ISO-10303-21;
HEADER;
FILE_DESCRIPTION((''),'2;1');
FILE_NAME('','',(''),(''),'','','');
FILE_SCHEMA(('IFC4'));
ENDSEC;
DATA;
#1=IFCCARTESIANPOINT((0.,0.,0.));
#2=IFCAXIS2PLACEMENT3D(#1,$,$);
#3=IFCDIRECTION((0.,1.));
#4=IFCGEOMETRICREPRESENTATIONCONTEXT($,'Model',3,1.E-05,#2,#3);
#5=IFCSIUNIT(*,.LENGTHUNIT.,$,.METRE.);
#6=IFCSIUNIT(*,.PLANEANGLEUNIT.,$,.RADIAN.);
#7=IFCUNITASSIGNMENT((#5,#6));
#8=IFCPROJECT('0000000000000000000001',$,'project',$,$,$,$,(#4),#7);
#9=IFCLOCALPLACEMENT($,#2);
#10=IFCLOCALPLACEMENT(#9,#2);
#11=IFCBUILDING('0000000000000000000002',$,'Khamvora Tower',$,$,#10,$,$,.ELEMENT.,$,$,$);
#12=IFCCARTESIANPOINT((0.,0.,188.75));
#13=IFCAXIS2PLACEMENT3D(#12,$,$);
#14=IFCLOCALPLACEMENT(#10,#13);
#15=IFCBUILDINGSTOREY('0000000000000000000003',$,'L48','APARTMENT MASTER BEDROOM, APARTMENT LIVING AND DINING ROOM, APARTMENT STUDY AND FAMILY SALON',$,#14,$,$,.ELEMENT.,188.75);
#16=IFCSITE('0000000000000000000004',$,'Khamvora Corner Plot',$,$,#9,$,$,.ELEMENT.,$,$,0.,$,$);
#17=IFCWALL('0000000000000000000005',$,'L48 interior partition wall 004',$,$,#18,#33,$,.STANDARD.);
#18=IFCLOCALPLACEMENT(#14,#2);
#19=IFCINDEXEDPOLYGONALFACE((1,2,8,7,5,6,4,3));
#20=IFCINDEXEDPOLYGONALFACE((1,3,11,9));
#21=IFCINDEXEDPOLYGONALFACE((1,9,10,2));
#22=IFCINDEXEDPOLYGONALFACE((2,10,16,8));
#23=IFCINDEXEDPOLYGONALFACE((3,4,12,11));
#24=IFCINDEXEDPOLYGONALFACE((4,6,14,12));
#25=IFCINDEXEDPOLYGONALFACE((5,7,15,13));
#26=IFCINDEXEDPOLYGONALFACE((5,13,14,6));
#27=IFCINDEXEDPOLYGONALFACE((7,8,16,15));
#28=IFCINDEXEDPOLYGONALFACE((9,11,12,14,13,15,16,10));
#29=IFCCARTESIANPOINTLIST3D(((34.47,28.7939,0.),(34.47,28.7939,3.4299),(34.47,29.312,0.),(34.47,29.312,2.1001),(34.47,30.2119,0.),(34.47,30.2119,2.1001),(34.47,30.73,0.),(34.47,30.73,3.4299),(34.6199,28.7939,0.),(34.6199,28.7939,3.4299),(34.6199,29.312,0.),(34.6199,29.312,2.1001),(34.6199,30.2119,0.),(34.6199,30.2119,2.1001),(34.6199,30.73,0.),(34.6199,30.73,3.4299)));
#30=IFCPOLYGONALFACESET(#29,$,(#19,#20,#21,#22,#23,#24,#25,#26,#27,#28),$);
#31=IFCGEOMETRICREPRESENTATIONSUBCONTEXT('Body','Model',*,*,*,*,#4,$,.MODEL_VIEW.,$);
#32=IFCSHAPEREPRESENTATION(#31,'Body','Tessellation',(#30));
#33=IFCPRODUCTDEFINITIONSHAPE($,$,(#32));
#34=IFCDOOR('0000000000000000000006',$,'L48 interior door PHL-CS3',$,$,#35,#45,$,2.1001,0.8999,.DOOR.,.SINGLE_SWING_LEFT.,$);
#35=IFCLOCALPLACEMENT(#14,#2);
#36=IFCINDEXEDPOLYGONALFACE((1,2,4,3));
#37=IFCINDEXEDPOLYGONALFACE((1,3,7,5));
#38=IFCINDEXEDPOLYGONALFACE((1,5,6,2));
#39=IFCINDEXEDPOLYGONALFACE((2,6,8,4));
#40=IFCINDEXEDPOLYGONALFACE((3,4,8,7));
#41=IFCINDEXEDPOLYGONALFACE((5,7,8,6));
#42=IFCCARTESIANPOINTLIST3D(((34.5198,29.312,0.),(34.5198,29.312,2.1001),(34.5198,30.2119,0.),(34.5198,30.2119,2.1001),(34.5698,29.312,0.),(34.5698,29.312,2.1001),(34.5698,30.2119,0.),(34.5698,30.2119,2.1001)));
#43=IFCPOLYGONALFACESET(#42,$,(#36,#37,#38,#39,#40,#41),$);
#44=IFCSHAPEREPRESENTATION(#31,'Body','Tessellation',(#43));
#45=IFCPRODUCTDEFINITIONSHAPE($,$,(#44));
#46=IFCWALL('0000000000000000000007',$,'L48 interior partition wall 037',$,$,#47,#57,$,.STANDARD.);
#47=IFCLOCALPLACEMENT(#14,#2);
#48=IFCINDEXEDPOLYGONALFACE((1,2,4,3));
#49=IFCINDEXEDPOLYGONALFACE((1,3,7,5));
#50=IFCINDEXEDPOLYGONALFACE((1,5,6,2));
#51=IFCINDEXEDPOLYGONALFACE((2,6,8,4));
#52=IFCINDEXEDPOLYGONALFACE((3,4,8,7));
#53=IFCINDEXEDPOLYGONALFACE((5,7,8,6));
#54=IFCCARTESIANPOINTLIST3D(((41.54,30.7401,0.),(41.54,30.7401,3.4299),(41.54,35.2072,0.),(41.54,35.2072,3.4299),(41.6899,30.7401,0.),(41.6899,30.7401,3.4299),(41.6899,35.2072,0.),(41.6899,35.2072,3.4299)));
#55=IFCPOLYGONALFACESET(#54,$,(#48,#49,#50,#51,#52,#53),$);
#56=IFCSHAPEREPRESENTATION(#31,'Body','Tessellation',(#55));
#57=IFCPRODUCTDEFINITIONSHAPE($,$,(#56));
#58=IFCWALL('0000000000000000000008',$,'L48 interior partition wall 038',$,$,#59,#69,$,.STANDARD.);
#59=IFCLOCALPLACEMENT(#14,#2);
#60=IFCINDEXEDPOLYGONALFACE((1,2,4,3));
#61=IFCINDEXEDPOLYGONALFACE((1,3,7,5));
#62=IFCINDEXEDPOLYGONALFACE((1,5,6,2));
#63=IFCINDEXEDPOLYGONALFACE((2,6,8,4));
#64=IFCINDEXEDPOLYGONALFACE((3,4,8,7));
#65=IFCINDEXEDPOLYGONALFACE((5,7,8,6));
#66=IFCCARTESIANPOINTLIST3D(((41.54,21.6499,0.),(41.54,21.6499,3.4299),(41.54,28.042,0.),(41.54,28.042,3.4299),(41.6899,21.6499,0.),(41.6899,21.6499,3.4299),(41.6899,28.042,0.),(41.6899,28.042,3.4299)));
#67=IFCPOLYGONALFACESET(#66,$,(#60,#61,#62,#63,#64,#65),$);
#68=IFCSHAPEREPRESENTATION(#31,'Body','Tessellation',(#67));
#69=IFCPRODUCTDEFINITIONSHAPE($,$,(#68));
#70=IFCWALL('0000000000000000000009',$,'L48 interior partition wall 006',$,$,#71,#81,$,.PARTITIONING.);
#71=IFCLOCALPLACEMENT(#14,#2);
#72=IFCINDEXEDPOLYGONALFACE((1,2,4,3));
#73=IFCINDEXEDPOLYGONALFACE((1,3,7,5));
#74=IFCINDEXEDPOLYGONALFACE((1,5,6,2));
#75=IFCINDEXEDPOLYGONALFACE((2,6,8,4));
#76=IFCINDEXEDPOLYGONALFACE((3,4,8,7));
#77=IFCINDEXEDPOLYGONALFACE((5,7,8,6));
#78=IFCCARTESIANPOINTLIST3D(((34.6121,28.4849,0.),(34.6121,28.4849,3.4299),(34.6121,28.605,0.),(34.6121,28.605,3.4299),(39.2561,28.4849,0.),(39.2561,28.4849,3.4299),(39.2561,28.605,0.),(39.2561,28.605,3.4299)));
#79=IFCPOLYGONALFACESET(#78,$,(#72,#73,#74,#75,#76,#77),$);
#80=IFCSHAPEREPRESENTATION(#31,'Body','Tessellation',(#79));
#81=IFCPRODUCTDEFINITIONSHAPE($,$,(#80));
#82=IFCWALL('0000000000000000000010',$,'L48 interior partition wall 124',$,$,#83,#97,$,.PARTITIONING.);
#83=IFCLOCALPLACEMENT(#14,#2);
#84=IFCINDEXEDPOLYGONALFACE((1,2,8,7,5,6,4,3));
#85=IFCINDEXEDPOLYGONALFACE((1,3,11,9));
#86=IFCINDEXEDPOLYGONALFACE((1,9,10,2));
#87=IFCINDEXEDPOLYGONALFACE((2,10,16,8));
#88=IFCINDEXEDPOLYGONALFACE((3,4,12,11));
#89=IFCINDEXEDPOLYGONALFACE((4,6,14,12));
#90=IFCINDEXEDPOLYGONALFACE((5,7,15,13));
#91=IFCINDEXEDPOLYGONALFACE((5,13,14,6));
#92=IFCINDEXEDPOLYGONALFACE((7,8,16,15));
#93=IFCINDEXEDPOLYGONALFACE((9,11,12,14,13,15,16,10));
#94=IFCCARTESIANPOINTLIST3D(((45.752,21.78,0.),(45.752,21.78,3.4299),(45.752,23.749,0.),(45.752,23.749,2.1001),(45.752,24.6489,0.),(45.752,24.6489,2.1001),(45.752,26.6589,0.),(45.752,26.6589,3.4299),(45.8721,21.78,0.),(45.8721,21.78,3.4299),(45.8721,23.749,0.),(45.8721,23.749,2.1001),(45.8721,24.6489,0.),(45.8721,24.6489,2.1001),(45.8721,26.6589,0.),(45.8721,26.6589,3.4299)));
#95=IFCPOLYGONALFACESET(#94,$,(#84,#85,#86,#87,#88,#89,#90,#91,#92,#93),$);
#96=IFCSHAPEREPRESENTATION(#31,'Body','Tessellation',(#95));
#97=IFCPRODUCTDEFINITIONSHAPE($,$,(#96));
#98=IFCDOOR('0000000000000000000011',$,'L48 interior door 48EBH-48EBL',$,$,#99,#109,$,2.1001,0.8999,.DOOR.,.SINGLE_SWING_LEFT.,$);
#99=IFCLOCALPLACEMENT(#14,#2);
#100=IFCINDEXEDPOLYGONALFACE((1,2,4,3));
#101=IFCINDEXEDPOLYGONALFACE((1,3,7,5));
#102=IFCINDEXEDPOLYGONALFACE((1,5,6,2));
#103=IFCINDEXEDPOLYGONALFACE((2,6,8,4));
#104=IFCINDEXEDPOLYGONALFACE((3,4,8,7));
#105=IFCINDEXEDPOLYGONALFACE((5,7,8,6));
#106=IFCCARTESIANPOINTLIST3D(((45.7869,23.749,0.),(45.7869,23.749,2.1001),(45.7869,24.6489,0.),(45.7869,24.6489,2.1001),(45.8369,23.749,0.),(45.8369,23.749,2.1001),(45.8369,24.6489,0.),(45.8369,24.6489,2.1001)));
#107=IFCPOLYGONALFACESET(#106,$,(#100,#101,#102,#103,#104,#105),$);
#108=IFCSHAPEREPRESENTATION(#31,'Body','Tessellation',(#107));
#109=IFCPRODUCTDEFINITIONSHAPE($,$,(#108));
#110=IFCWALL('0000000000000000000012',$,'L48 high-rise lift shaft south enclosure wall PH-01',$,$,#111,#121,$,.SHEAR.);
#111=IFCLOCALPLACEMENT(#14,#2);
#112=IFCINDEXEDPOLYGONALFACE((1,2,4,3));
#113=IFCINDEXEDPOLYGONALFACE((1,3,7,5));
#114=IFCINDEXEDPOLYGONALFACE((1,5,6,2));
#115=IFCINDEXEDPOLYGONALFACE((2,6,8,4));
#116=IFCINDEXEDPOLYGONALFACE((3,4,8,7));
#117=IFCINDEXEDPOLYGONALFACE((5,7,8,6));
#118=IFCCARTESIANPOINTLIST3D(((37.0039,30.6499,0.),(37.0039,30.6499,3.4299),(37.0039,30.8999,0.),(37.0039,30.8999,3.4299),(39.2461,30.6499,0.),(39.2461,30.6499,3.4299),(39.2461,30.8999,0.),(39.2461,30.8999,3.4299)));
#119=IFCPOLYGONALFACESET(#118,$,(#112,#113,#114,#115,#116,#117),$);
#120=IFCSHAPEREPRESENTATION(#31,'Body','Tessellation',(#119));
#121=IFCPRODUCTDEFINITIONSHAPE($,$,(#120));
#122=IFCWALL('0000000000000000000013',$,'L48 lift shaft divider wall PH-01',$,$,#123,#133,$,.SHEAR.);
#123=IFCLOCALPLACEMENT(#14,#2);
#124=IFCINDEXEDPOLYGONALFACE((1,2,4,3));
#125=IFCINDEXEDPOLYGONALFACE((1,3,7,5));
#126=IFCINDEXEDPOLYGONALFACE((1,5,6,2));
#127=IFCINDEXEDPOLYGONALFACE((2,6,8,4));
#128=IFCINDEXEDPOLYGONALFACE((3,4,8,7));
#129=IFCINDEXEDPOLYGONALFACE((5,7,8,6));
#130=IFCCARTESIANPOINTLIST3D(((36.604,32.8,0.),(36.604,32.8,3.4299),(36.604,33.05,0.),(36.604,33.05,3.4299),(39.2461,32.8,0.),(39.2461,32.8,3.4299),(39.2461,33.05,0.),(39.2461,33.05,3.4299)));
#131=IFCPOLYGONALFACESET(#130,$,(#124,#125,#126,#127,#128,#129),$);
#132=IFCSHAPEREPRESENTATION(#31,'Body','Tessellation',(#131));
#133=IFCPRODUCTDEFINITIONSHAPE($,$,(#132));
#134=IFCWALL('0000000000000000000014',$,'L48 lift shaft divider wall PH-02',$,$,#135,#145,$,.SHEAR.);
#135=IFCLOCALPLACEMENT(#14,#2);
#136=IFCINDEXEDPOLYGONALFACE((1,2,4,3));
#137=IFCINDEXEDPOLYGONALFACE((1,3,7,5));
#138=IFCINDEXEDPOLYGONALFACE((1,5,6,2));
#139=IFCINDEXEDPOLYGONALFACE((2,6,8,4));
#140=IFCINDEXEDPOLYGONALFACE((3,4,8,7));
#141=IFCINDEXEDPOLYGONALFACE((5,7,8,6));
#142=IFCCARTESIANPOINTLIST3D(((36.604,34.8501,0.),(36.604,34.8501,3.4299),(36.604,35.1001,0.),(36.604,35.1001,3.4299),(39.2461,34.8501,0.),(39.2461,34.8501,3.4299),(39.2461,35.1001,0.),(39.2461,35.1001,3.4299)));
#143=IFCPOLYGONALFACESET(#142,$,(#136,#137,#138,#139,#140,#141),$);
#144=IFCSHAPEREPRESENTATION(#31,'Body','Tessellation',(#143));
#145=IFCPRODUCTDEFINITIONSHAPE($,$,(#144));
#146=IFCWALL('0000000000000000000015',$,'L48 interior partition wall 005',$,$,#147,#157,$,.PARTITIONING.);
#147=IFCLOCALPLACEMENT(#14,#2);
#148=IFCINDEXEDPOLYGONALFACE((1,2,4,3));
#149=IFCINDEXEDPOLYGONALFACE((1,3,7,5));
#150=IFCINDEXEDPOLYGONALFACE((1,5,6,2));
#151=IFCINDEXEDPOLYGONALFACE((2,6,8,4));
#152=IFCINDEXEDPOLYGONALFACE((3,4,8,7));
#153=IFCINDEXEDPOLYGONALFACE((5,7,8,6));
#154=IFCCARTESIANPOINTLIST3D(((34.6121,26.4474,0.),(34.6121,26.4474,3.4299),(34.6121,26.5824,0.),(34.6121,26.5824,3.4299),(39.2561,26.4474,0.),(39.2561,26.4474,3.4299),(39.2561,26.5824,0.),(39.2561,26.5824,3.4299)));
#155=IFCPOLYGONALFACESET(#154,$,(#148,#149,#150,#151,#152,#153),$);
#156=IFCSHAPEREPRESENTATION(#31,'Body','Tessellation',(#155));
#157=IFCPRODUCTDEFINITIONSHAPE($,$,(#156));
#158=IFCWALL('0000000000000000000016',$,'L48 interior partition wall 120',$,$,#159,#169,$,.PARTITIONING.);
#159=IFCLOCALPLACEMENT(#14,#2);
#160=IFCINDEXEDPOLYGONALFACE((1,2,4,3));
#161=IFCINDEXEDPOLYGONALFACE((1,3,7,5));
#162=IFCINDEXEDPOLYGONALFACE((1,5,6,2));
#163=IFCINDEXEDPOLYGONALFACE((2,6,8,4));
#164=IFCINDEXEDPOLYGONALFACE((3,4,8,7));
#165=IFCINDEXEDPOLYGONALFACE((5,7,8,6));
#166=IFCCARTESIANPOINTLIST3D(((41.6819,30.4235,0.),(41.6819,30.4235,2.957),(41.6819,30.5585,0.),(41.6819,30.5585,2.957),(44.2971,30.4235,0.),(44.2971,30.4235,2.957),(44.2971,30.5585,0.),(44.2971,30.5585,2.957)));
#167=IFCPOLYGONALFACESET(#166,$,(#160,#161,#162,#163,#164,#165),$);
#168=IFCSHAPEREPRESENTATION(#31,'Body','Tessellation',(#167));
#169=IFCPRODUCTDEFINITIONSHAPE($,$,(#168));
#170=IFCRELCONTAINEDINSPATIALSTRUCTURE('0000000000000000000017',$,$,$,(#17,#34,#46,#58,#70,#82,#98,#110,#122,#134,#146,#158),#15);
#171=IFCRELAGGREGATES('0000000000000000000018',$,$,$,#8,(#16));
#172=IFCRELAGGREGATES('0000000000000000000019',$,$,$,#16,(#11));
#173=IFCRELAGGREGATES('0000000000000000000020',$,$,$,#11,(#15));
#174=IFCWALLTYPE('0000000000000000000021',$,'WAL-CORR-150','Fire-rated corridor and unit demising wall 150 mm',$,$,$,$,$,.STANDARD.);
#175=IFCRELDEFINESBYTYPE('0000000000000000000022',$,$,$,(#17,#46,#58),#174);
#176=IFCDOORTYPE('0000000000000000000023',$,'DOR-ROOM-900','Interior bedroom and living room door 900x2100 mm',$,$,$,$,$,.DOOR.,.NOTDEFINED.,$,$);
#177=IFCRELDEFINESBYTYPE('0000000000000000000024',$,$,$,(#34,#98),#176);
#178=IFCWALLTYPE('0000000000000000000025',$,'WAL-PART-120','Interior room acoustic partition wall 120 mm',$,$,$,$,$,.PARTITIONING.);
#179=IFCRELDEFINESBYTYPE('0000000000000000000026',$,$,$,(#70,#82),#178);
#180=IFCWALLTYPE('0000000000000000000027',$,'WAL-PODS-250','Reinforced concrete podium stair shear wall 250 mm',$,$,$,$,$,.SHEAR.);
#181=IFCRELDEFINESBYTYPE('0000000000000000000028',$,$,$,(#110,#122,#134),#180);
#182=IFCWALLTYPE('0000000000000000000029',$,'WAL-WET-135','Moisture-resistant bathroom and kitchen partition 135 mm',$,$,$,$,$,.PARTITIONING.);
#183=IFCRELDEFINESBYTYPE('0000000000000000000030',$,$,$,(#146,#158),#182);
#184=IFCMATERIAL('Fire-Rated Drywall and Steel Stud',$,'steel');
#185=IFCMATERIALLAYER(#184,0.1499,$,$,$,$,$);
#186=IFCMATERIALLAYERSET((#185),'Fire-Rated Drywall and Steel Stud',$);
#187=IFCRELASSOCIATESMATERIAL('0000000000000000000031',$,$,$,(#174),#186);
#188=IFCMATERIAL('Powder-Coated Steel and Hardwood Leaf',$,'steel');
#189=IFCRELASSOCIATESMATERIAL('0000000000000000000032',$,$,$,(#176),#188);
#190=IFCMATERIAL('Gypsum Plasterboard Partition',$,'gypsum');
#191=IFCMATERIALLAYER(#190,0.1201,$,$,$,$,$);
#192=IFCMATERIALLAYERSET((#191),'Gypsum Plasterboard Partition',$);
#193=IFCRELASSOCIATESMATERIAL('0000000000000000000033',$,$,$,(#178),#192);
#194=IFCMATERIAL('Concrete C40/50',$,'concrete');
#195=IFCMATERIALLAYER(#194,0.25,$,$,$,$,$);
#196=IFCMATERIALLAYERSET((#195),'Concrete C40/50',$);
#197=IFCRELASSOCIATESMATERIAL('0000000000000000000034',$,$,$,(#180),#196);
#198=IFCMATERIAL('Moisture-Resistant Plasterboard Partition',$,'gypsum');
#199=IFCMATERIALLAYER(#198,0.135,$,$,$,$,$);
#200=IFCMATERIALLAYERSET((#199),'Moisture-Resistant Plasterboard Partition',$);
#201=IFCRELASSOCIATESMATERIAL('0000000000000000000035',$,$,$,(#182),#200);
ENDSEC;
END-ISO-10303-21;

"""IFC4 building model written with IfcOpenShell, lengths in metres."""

from ifc_helpers import new_model, si_unit, direction, frame, frame_2d, origin, place, context, subcontext, project, spatial, rectangle, extrude, material, layer, layer_set, type_object, element, fill, save


model = new_model("IFC4")

# Units and contexts
model_context = context("Model", 3, precision=1e-05, world=origin(), true_north=direction((0.0, 1.0)))
body_context = subcontext(model_context, "Body", "Model", "MODEL_VIEW")
ifc_project = project(units=[si_unit("LENGTHUNIT", "METRE"), si_unit("PLANEANGLEUNIT", "RADIAN")], contexts=[model_context])

# Site, building, storey
site_placement = place(None, origin())
site = spatial("IfcSite", under=ifc_project, at=site_placement, Name="Khamvora Corner Plot", CompositionType="ELEMENT", RefElevation=0.0)
building_placement = place(site_placement, origin())
building = spatial("IfcBuilding", under=site, at=building_placement, Name="Khamvora Tower", CompositionType="ELEMENT")
storey_placement = place(building_placement, frame((0.0, 0.0, 188.75)))
storey = spatial("IfcBuildingStorey", under=building, at=storey_placement, Name="L48", Description="APARTMENT MASTER BEDROOM, APARTMENT LIVING AND DINING ROOM, APARTMENT STUDY AND FAMILY SALON", CompositionType="ELEMENT", Elevation=188.75)

# Shared definitions
ifc_material_1 = material(Name="Powder-Coated Steel and Hardwood Leaf", Category="steel")

# Shared definitions
ifc_material_2 = material(Name="Fire-Rated Drywall and Steel Stud", Category="steel")
ifc_layer_1 = layer(ifc_material_2, 0.1499)
ifc_layer_set_1 = layer_set([ifc_layer_1], Name="Fire-Rated Drywall and Steel Stud")
wall_type_1 = type_object("IfcWallType", Name="WAL-CORR-150", Description="Fire-rated corridor and unit demising wall 150 mm", PredefinedType="STANDARD", material=ifc_layer_set_1)
door_type_1 = type_object("IfcDoorType", Name="DOR-ROOM-900", Description="Interior bedroom and living room door 900x2100 mm", OperationType="NOTDEFINED", PredefinedType="DOOR", material=ifc_material_1)

# Wall, opening, door
wall_1_placement = place(storey_placement, frame((34.5449, 30.73, 0.0), z_axis=(0.0, 0.0, 1.0), x_axis=(0.0, -1.0, 0.0)))
wall_1 = element("IfcWall", 1, at=wall_1_placement, inside=storey, type_object=wall_type_1, Name="L48 interior partition wall 004", PredefinedType="STANDARD", context=body_context, shape_type="SweptSolid", body=[
    extrude(rectangle(XDim=1.936, YDim=0.1499, at=frame_2d((0.968, 0.0))), origin(), (0.0, 0.0, 1.0), 3.4299),
])
opening_1_placement = place(wall_1_placement, frame((0.5181, 0.0, 0.0)))
opening_1 = element("IfcOpeningElement", 2, at=opening_1_placement, cuts=wall_1, PredefinedType="OPENING", context=body_context, shape_type="SweptSolid", body=[
    extrude(rectangle(XDim=0.8999, YDim=2.1001, at=frame_2d((0.45, 1.05))), frame((0.0, 0.085, 0.0), z_axis=(0.0, -1.0, 0.0), x_axis=(1.0, 0.0, 0.0)), (0.0, 0.0, 1.0), 0.1699),
])
door_1_placement = place(opening_1_placement, origin())
door_1 = element("IfcDoor", 3, at=door_1_placement, inside=storey, type_object=door_type_1, Name="L48 interior door PHL-CS3", OperationType="SINGLE_SWING_LEFT", OverallHeight=2.1001, OverallWidth=0.8999, PredefinedType="DOOR", context=body_context, shape_type="SweptSolid", body=[
    extrude(rectangle(XDim=0.8999, YDim=2.1001, at=frame_2d((0.45, 1.05))), frame((0.0, 0.0249, 0.0), z_axis=(0.0, -1.0, 0.0), x_axis=(1.0, 0.0, 0.0)), (0.0, 0.0, 1.0), 0.05),
])
fill(opening_1, door_1)

# Walls
wall_2_placement = place(storey_placement, frame((41.615, 35.207, 0.0), z_axis=(0.0, 0.0, 1.0), x_axis=(0.0, -1.0, 0.0)))
element("IfcWall", 4, at=wall_2_placement, inside=storey, type_object=wall_type_1, Name="L48 interior partition wall 037", PredefinedType="STANDARD", context=body_context, shape_type="SweptSolid", body=[
    extrude(rectangle(XDim=4.467, YDim=0.1499, at=frame_2d((2.2334, 0.0))), origin(), (0.0, 0.0, 1.0), 3.4299),
])
wall_3_placement = place(storey_placement, frame((41.615, 28.042, 0.0), z_axis=(0.0, 0.0, 1.0), x_axis=(0.0, -1.0, 0.0)))
element("IfcWall", 5, at=wall_3_placement, inside=storey, type_object=wall_type_1, Name="L48 interior partition wall 038", PredefinedType="STANDARD", context=body_context, shape_type="SweptSolid", body=[
    extrude(rectangle(XDim=6.3921, YDim=0.1499, at=frame_2d((3.196, 0.0))), origin(), (0.0, 0.0, 1.0), 3.4299),
])
ifc_material_3 = material(Name="Gypsum Plasterboard Partition", Category="gypsum")
ifc_layer_2 = layer(ifc_material_3, 0.1201)
ifc_layer_set_2 = layer_set([ifc_layer_2], Name="Gypsum Plasterboard Partition")
wall_type_2 = type_object("IfcWallType", Name="WAL-PART-120", Description="Interior room acoustic partition wall 120 mm", PredefinedType="PARTITIONING", material=ifc_layer_set_2)
wall_4_placement = place(storey_placement, frame((34.6121, 28.5449, 0.0), z_axis=(0.0, 0.0, 1.0), x_axis=(1.0, 0.0, 0.0)))
element("IfcWall", 6, at=wall_4_placement, inside=storey, type_object=wall_type_2, Name="L48 interior partition wall 006", PredefinedType="PARTITIONING", context=body_context, shape_type="SweptSolid", body=[
    extrude(rectangle(XDim=4.644, YDim=0.1201, at=frame_2d((2.322, 0.0))), origin(), (0.0, 0.0, 1.0), 3.4299),
])

# Wall, opening, door
wall_5_placement = place(storey_placement, frame((45.812, 26.6589, 0.0), z_axis=(0.0, 0.0, 1.0), x_axis=(0.0, -1.0, 0.0)))
wall_5 = element("IfcWall", 7, at=wall_5_placement, inside=storey, type_object=wall_type_2, Name="L48 interior partition wall 124", PredefinedType="PARTITIONING", context=body_context, shape_type="SweptSolid", body=[
    extrude(rectangle(XDim=4.8789, YDim=0.1201, at=frame_2d((2.4395, 0.0))), origin(), (0.0, 0.0, 1.0), 3.4299),
])
opening_2_placement = place(wall_5_placement, frame((2.01, 0.0, 0.0)))
opening_2 = element("IfcOpeningElement", 8, at=opening_2_placement, cuts=wall_5, PredefinedType="OPENING", context=body_context, shape_type="SweptSolid", body=[
    extrude(rectangle(XDim=0.8999, YDim=2.1001, at=frame_2d((0.45, 1.05))), frame((0.0, 0.0701, 0.0), z_axis=(0.0, -1.0, 0.0), x_axis=(1.0, 0.0, 0.0)), (0.0, 0.0, 1.0), 0.1401),
])
door_2_placement = place(opening_2_placement, origin())
door_2 = element("IfcDoor", 9, at=door_2_placement, inside=storey, type_object=door_type_1, Name="L48 interior door 48EBH-48EBL", OperationType="SINGLE_SWING_LEFT", OverallHeight=2.1001, OverallWidth=0.8999, PredefinedType="DOOR", context=body_context, shape_type="SweptSolid", body=[
    extrude(rectangle(XDim=0.8999, YDim=2.1001, at=frame_2d((0.45, 1.05))), frame((0.0, 0.0249, 0.0), z_axis=(0.0, -1.0, 0.0), x_axis=(1.0, 0.0, 0.0)), (0.0, 0.0, 1.0), 0.05),
])
fill(opening_2, door_2)

# Walls
ifc_material_4 = material(Name="Concrete C40/50", Category="concrete")
ifc_layer_3 = layer(ifc_material_4, 0.25)
ifc_layer_set_3 = layer_set([ifc_layer_3], Name="Concrete C40/50")
wall_type_3 = type_object("IfcWallType", Name="WAL-PODS-250", Description="Reinforced concrete podium stair shear wall 250 mm", PredefinedType="SHEAR", material=ifc_layer_set_3)
wall_6_placement = place(storey_placement, frame((37.0039, 30.7749, 0.0), z_axis=(0.0, 0.0, 1.0), x_axis=(1.0, 0.0, 0.0)))
element("IfcWall", 10, at=wall_6_placement, inside=storey, type_object=wall_type_3, Name="L48 high-rise lift shaft south enclosure wall PH-01", PredefinedType="SHEAR", context=body_context, shape_type="SweptSolid", body=[
    extrude(rectangle(XDim=2.2422, YDim=0.25, at=frame_2d((1.1211, 0.0))), origin(), (0.0, 0.0, 1.0), 3.4299),
])
for number, where, z_axis, x_axis, name in (
    (11, (36.604, 32.925, 0.0), (0.0, 0.0, 1.0), (1.0, 0.0, 0.0), "L48 lift shaft divider wall PH-01"),
    (12, (36.604, 34.9751, 0.0), (0.0, 0.0, 1.0), (1.0, 0.0, 0.0), "L48 lift shaft divider wall PH-02"),
):
    element("IfcWall", number, at=place(storey_placement, frame(where, z_axis=z_axis, x_axis=x_axis)), inside=storey, type_object=wall_type_3, Name=name, PredefinedType="SHEAR", context=body_context, shape_type="SweptSolid", body=[
        extrude(rectangle(XDim=2.6421, YDim=0.25, at=frame_2d((1.321, 0.0))), origin(), (0.0, 0.0, 1.0), 3.4299),
    ])
ifc_material_5 = material(Name="Moisture-Resistant Plasterboard Partition", Category="gypsum")
ifc_layer_4 = layer(ifc_material_5, 0.135)
ifc_layer_set_4 = layer_set([ifc_layer_4], Name="Moisture-Resistant Plasterboard Partition")
wall_type_4 = type_object("IfcWallType", Name="WAL-WET-135", Description="Moisture-resistant bathroom and kitchen partition 135 mm", PredefinedType="PARTITIONING", material=ifc_layer_set_4)
wall_7_placement = place(storey_placement, frame((34.6121, 26.5149, 0.0), z_axis=(0.0, 0.0, 1.0), x_axis=(1.0, 0.0, 0.0)))
element("IfcWall", 13, at=wall_7_placement, inside=storey, type_object=wall_type_4, Name="L48 interior partition wall 005", PredefinedType="PARTITIONING", context=body_context, shape_type="SweptSolid", body=[
    extrude(rectangle(XDim=4.644, YDim=0.135, at=frame_2d((2.322, 0.0))), origin(), (0.0, 0.0, 1.0), 3.4299),
])
wall_8_placement = place(storey_placement, frame((41.6819, 30.491, 0.0), z_axis=(0.0, 0.0, 1.0), x_axis=(1.0, 0.0, 0.0)))
element("IfcWall", 14, at=wall_8_placement, inside=storey, type_object=wall_type_4, Name="L48 interior partition wall 120", PredefinedType="PARTITIONING", context=body_context, shape_type="SweptSolid", body=[
    extrude(rectangle(XDim=2.6152, YDim=0.135, at=frame_2d((1.3076, 0.0))), origin(), (0.0, 0.0, 1.0), 2.957),
])

save(model, "model.ifc")
